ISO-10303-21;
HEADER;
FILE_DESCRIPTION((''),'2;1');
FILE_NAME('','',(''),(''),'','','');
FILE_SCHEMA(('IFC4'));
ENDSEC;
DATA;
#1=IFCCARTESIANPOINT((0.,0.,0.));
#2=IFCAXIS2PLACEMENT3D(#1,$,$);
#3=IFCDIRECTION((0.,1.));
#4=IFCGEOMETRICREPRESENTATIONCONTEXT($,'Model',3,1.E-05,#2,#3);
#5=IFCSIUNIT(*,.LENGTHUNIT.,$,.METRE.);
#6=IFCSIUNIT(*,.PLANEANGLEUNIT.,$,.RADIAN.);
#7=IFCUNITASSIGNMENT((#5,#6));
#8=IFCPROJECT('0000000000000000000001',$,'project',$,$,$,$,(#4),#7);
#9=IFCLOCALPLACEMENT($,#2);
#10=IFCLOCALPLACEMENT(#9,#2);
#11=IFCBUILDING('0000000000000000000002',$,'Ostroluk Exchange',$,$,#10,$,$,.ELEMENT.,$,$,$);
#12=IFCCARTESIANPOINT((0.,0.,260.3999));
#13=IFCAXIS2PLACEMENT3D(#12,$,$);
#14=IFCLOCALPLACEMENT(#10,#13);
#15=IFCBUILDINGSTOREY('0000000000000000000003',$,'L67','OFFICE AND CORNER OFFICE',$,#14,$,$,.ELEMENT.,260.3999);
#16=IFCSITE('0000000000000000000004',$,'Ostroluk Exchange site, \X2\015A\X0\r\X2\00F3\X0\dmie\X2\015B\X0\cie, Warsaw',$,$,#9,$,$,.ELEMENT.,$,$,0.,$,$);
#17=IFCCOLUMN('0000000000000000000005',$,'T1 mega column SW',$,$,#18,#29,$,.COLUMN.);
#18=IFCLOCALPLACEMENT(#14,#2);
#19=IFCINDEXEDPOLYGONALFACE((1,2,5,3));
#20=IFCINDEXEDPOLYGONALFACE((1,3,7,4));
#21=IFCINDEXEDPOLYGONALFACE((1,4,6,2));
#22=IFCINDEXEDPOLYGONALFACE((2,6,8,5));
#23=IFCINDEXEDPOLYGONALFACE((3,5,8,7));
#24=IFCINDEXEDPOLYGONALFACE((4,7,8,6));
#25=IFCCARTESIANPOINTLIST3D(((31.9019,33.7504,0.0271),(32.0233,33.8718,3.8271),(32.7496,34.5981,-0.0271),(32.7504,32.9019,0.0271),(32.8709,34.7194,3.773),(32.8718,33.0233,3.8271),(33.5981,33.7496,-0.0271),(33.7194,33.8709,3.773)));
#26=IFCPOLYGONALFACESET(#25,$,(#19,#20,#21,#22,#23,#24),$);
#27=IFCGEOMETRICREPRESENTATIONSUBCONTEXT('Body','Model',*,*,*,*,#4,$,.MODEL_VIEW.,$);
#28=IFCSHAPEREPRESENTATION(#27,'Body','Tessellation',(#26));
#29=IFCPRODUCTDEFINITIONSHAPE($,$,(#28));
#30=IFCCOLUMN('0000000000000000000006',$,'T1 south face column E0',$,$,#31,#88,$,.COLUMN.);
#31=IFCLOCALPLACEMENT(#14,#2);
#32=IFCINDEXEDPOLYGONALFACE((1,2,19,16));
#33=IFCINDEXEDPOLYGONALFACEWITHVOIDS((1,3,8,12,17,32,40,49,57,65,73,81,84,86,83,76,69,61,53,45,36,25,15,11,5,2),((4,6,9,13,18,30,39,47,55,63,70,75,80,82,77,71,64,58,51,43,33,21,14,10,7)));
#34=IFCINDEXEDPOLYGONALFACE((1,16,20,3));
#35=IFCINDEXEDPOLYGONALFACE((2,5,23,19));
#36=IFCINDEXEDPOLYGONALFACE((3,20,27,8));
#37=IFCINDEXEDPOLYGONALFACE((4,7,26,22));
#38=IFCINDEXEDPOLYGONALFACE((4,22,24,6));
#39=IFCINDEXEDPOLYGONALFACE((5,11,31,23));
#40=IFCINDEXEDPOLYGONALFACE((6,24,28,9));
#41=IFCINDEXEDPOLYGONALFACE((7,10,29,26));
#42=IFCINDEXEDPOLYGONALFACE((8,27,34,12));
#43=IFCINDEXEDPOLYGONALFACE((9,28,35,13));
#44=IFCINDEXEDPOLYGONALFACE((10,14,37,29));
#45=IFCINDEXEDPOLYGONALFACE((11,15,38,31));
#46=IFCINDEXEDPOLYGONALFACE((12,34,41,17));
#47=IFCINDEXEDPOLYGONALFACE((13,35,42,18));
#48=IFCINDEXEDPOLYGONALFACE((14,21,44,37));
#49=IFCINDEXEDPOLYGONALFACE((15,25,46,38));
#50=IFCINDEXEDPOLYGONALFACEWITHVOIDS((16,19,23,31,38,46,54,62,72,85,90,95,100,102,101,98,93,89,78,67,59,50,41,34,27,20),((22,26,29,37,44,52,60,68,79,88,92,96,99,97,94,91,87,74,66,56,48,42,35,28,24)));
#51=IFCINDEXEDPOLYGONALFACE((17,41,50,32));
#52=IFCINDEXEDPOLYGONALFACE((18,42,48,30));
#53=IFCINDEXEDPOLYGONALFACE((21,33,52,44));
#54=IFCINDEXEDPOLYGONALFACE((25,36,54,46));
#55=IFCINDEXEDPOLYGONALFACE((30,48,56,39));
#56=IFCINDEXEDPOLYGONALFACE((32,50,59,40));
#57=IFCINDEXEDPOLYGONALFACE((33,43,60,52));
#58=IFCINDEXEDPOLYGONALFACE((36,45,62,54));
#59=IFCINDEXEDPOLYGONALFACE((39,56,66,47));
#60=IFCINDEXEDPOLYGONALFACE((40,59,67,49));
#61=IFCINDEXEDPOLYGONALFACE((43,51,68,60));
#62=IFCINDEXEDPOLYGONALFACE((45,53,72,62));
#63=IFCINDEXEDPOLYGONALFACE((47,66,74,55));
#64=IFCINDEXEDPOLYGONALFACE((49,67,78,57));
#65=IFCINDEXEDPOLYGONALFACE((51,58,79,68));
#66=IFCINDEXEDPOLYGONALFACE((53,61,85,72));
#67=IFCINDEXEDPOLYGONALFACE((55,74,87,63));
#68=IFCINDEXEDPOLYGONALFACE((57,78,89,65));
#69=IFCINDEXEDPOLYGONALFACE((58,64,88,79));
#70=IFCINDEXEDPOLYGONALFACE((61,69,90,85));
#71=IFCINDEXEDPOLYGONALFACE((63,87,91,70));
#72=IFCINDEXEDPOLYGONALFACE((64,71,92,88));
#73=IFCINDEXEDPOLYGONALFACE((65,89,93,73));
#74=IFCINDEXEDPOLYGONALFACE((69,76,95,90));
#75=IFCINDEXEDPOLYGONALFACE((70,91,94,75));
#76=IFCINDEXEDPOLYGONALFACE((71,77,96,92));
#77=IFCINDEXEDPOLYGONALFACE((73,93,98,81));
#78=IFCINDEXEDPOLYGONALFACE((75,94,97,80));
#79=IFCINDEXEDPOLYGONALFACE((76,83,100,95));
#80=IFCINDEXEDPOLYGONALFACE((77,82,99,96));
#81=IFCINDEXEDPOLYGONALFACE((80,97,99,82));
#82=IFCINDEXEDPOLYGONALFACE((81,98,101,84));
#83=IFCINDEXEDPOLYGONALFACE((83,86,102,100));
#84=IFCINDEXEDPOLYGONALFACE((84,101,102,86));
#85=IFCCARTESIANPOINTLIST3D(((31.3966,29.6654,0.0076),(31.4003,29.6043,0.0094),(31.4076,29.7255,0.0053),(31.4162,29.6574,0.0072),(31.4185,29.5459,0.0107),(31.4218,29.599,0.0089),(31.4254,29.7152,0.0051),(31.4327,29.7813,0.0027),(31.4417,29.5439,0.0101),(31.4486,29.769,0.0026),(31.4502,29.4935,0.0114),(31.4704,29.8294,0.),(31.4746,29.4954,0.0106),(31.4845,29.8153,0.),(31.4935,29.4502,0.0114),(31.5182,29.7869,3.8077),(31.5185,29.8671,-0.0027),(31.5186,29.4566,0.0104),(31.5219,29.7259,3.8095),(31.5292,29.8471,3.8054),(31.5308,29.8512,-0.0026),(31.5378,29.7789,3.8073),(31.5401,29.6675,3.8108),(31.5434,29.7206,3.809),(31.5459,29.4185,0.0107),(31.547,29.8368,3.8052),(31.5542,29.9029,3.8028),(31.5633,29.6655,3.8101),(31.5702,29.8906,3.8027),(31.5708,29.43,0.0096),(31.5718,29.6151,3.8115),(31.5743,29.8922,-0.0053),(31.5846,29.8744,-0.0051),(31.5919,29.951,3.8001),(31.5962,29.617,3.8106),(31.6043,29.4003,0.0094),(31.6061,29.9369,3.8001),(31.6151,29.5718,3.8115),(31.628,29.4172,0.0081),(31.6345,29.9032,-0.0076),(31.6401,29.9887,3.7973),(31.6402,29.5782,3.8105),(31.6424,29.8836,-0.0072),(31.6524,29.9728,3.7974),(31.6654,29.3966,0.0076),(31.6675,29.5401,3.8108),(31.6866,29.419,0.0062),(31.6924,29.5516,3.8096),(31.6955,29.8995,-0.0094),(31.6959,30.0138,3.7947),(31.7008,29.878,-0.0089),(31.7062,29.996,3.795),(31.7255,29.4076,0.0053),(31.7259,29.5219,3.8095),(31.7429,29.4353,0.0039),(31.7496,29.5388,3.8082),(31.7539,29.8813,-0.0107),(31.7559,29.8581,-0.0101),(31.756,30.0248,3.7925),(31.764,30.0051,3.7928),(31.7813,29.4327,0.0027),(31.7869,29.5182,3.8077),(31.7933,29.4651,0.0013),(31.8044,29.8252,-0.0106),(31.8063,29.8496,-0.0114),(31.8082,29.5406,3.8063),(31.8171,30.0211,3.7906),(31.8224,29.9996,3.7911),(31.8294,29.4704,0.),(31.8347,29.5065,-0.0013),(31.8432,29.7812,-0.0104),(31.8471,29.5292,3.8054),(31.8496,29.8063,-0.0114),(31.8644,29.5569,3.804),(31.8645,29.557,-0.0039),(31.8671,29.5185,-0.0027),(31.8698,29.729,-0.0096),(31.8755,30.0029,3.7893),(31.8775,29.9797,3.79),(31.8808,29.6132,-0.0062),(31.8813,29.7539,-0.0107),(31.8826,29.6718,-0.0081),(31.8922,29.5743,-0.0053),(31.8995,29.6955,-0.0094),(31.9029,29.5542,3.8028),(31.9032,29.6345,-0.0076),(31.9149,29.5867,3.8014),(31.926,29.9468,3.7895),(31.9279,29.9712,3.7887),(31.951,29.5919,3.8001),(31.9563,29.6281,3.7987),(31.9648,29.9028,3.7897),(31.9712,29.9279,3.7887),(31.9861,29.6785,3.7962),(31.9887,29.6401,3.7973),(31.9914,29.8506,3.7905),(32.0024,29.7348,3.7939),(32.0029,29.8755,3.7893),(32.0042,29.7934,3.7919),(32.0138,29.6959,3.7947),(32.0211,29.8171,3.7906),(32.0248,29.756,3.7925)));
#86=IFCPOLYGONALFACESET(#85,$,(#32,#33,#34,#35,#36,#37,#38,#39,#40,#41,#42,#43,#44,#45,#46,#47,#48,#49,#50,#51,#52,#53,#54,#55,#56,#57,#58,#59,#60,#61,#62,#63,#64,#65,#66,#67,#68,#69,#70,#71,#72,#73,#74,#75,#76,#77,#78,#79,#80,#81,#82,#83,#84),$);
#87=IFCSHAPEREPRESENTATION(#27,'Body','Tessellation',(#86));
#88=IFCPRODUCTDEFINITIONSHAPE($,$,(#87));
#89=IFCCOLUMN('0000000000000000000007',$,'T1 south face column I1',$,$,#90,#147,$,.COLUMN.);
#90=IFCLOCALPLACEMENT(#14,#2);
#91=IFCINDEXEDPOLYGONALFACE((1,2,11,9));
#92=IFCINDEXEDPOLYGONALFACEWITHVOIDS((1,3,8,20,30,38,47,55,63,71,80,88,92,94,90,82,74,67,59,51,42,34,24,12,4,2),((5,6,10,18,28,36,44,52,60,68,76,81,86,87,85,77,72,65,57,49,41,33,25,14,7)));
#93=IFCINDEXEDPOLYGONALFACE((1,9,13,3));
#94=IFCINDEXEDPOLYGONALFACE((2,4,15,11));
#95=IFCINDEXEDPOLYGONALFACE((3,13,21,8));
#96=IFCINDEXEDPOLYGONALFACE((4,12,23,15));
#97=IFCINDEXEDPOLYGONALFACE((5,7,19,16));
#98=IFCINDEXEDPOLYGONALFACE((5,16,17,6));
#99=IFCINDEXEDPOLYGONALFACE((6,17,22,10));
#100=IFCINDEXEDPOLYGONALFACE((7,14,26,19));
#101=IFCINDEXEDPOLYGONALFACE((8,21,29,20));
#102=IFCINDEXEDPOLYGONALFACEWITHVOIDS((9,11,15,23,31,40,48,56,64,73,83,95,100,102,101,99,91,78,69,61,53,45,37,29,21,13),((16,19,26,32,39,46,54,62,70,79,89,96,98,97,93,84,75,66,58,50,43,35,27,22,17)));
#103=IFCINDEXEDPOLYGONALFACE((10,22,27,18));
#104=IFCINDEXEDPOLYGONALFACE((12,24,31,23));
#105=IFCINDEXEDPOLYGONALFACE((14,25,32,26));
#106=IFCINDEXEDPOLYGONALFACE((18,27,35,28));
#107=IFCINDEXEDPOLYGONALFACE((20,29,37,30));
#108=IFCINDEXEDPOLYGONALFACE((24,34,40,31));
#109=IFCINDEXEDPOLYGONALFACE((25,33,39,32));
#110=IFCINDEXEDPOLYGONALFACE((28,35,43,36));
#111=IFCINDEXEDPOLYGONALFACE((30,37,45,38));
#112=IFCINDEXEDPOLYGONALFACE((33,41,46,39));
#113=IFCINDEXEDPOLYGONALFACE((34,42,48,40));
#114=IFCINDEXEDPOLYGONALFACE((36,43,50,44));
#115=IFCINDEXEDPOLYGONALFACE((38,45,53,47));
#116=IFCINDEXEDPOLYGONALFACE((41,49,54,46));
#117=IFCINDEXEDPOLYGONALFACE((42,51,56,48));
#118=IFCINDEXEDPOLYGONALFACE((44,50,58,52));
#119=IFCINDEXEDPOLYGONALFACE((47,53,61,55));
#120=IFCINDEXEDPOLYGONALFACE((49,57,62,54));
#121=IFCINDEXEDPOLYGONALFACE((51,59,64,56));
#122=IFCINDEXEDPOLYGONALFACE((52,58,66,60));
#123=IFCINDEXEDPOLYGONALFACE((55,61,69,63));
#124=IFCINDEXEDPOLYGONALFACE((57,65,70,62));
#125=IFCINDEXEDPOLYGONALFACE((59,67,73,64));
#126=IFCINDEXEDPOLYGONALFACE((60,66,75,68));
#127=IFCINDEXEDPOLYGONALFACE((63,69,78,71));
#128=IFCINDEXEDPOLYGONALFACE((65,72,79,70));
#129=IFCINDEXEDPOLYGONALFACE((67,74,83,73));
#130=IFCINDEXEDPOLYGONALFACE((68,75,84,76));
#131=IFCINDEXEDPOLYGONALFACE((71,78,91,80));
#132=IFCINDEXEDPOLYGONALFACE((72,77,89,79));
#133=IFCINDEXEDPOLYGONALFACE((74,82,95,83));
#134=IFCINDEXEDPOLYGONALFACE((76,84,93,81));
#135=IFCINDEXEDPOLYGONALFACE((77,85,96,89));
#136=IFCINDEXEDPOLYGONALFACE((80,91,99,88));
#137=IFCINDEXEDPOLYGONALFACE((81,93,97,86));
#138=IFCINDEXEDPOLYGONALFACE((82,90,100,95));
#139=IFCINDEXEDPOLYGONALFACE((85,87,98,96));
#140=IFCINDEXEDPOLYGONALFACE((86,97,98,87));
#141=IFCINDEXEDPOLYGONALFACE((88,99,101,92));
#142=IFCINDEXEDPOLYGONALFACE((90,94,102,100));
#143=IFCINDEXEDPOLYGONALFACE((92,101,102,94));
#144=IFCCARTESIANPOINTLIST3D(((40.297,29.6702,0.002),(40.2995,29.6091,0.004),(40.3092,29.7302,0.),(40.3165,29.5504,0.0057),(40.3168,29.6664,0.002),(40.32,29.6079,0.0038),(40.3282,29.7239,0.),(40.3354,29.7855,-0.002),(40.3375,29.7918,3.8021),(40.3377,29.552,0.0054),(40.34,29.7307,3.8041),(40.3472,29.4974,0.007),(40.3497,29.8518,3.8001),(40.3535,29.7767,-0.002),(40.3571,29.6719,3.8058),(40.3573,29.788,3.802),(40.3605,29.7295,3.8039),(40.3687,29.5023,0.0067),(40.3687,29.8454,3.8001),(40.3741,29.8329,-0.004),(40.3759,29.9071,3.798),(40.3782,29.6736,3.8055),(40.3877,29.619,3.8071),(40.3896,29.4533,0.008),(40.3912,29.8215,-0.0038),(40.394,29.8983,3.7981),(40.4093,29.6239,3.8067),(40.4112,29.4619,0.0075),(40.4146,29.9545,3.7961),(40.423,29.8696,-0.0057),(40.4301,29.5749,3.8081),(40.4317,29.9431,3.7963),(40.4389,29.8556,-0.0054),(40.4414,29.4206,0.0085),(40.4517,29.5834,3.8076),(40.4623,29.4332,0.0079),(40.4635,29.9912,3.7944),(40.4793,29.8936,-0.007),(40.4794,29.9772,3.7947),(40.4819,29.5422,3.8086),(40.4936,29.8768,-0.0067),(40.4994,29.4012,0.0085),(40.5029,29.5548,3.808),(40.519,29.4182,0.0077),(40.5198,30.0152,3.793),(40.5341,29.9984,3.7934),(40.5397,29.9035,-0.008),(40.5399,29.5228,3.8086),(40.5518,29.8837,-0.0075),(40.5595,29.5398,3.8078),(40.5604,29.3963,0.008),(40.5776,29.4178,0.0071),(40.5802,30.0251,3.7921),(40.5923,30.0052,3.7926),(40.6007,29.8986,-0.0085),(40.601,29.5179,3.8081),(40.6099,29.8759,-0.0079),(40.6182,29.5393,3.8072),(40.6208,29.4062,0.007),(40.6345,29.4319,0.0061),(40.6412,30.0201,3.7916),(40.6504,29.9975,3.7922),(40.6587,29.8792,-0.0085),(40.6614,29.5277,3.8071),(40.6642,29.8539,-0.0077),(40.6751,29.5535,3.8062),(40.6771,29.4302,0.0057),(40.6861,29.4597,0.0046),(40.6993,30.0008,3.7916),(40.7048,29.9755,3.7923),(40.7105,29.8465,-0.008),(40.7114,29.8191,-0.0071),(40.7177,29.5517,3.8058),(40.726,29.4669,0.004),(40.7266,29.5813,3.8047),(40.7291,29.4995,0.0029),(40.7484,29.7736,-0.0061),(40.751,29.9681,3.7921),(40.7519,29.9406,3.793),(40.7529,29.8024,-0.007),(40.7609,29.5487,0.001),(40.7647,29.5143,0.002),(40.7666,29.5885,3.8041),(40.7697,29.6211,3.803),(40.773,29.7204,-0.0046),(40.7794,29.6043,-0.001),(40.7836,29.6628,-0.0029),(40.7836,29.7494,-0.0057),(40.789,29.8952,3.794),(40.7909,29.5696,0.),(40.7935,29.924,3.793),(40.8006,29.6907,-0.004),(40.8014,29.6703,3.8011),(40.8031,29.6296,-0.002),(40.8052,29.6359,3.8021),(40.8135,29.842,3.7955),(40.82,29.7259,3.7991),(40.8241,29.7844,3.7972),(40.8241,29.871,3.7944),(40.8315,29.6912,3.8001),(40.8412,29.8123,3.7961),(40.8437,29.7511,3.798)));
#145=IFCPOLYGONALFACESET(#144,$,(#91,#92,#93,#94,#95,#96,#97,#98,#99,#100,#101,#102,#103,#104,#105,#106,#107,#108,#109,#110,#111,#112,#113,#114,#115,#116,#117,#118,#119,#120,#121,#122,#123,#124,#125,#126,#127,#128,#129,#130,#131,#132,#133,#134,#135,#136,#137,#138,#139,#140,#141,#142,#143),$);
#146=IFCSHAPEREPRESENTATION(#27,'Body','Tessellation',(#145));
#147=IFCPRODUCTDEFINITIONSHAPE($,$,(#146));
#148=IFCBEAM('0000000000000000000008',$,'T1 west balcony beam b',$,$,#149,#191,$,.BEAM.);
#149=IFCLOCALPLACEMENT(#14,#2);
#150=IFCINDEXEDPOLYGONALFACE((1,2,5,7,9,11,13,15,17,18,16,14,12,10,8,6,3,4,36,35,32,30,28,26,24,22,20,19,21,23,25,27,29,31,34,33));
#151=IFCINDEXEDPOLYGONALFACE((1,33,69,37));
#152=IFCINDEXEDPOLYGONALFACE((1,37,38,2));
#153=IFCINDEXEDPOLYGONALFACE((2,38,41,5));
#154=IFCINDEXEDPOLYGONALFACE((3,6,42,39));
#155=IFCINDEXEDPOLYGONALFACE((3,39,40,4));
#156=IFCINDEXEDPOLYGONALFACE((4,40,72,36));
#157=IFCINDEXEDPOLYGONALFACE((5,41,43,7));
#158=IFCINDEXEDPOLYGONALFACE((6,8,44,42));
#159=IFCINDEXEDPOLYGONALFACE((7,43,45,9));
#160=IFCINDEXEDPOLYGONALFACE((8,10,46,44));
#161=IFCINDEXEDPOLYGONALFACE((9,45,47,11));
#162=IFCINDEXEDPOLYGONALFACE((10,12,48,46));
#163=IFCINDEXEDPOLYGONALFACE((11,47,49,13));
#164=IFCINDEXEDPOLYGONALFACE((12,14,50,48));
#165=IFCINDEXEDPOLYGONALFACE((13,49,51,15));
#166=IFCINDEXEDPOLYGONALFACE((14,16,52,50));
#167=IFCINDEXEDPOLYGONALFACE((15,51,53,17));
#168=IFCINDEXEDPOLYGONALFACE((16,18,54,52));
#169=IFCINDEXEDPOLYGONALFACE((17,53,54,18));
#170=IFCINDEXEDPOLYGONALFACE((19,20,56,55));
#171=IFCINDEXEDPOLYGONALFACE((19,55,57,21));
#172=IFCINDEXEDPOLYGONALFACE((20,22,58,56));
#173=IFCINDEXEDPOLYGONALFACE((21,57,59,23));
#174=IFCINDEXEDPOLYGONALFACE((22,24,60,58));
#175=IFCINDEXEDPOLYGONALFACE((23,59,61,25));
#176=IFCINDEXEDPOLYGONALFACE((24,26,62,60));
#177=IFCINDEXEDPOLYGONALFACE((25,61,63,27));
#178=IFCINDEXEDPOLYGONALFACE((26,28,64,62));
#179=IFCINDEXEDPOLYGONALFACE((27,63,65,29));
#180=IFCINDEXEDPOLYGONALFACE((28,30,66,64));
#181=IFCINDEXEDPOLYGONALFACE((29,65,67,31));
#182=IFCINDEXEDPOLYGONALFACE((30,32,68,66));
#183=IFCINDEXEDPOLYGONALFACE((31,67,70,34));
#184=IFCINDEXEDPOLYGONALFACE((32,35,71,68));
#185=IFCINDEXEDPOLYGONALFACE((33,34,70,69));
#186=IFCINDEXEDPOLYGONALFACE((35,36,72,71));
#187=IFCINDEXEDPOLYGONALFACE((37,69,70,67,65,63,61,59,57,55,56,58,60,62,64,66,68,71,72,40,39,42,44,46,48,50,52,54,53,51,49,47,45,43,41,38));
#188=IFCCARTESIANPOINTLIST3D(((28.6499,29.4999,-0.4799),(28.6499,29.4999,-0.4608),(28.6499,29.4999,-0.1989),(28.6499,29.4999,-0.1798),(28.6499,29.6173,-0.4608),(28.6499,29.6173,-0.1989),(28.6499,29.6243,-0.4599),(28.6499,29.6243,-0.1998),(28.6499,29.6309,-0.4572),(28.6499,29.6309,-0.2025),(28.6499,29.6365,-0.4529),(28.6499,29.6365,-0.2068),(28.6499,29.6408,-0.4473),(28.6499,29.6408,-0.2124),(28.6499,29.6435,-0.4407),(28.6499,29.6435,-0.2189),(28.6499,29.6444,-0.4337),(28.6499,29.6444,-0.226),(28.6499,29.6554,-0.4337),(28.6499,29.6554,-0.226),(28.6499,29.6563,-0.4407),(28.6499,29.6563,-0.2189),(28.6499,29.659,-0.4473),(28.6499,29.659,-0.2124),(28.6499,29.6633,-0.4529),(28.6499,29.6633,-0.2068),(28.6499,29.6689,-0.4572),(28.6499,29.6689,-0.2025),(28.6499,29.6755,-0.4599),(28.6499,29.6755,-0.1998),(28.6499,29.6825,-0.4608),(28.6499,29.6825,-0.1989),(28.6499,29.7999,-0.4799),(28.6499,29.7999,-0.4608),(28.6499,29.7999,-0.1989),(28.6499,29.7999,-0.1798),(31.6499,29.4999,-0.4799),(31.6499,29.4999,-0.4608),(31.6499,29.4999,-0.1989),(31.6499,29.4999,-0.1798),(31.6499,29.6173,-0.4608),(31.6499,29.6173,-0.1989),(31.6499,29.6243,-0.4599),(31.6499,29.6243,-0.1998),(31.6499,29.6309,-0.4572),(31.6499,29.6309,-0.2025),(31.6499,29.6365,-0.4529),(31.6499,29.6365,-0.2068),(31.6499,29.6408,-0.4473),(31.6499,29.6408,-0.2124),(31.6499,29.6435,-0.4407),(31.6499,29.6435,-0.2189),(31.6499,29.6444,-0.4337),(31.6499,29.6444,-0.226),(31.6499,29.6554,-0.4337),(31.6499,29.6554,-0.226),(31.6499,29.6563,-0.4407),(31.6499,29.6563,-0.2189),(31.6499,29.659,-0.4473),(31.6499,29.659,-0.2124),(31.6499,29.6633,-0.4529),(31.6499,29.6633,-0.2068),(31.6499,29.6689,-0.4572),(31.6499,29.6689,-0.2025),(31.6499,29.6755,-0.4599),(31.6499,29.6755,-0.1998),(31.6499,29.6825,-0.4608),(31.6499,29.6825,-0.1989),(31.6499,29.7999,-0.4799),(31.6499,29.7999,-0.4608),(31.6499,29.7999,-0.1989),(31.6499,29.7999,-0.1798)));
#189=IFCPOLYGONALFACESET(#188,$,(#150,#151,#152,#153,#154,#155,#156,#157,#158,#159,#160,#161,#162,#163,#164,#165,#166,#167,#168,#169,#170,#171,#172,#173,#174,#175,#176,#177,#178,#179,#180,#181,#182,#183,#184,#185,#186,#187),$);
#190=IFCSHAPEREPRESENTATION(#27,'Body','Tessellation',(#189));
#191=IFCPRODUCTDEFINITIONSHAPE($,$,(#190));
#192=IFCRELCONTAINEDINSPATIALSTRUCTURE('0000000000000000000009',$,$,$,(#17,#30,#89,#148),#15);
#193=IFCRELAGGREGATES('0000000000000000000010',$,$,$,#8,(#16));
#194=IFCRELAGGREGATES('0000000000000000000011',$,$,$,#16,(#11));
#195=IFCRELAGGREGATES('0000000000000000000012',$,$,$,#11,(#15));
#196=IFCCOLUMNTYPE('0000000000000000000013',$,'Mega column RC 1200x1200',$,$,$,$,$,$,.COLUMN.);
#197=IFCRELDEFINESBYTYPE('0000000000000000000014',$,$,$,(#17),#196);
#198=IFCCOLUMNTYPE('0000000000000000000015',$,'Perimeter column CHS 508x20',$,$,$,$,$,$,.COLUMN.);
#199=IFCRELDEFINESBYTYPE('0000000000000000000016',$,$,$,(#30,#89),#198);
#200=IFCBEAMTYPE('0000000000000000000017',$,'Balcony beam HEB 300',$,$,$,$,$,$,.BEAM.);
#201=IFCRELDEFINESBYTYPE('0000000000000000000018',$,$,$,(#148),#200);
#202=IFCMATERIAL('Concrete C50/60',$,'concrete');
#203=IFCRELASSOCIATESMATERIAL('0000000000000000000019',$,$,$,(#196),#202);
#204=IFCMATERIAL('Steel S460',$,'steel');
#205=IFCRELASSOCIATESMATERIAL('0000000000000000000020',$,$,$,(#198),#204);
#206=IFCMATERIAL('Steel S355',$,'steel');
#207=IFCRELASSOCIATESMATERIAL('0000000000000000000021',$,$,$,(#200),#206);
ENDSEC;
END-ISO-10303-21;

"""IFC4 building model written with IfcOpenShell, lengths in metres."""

from ifc_helpers import new_model, si_unit, direction, frame, origin, origin_2d, place, context, subcontext, project, spatial, rectangle, hollow_circle, i_section, extrude, material, material_profile, profile_set, type_object, element, save


model = new_model("IFC4")

# Units and contexts
model_context = context("Model", 3, precision=1e-05, world=origin(), true_north=direction((0.0, 1.0)))
body_context = subcontext(model_context, "Body", "Model", "MODEL_VIEW")
ifc_project = project(units=[si_unit("LENGTHUNIT", "METRE"), si_unit("PLANEANGLEUNIT", "RADIAN")], contexts=[model_context])

# Site, building, storey
site_placement = place(None, origin())
site = spatial("IfcSite", under=ifc_project, at=site_placement, Name="Ostroluk Exchange site, Śródmieście, Warsaw", CompositionType="ELEMENT", RefElevation=0.0)
building_placement = place(site_placement, origin())
building = spatial("IfcBuilding", under=site, at=building_placement, Name="Ostroluk Exchange", CompositionType="ELEMENT")
storey_placement = place(building_placement, frame((0.0, 0.0, 260.3999)))
storey = spatial("IfcBuildingStorey", under=building, at=storey_placement, Name="L67", Description="OFFICE AND CORNER OFFICE", CompositionType="ELEMENT", Elevation=260.3999)

# Columns
ifc_material_1 = material(Name="Concrete C50/60", Category="concrete")
ifc_material_profile_1 = material_profile(ifc_material_1, rectangle(XDim=1.2, YDim=1.2, at=origin_2d()), Name="RC 1200x1200")
ifc_profile_set_1 = profile_set([ifc_material_profile_1], Name="Concrete C50/60")
column_type_1 = type_object("IfcColumnType", Name="Mega column RC 1200x1200", PredefinedType="COLUMN", material=ifc_profile_set_1)
column_1_placement = place(storey_placement, frame((32.75, 33.75, 0.0), z_axis=(0.031898, 0.031898, 0.998982), x_axis=(-0.707107, 0.707107, 0.0)))
element("IfcColumn", 1, at=column_1_placement, inside=storey, type_object=column_type_1, Name="T1 mega column SW", PredefinedType="COLUMN", context=body_context, shape_type="SweptSolid", body=[
    extrude(rectangle(XDim=1.2, YDim=1.2, at=origin_2d()), origin(), (0.0, 0.0, 1.0), 3.804),
])
ifc_material_2 = material(Name="Steel S460", Category="steel")
ifc_material_profile_2 = material_profile(ifc_material_2, hollow_circle(Radius=0.2539, WallThickness=0.02, at=origin_2d()), Name="CHS 508x20")
ifc_profile_set_2 = profile_set([ifc_material_profile_2], Name="Steel S460")
column_type_2 = type_object("IfcColumnType", Name="Perimeter column CHS 508x20", PredefinedType="COLUMN", material=ifc_profile_set_2)
column_2_placement = place(storey_placement, frame((31.6499, 29.6499, 0.0), z_axis=(0.031962, 0.031962, 0.998978), x_axis=(-0.707107, 0.707107, 0.0)))
element("IfcColumn", 2, at=column_2_placement, inside=storey, type_object=column_type_2, Name="T1 south face column E0", PredefinedType="COLUMN", context=body_context, shape_type="SweptSolid", body=[
    extrude(hollow_circle(Radius=0.2539, WallThickness=0.02, at=origin_2d()), origin(), (0.0, 0.0, 1.0), 3.804),
])
column_3_placement = place(storey_placement, frame((40.55, 29.6499, 0.0), z_axis=(0.010659, 0.031977, 0.999432), x_axis=(-0.948683, 0.316228, 0.0)))
element("IfcColumn", 3, at=column_3_placement, inside=storey, type_object=column_type_2, Name="T1 south face column I1", PredefinedType="COLUMN", context=body_context, shape_type="SweptSolid", body=[
    extrude(hollow_circle(Radius=0.2539, WallThickness=0.02, at=origin_2d()), origin(), (0.0, 0.0, 1.0), 3.8022),
])

# Beam
ifc_material_3 = material(Name="Steel S355", Category="steel")
ifc_material_profile_3 = material_profile(ifc_material_3, i_section(OverallWidth=0.3, OverallDepth=0.3, WebThickness=0.011, FlangeThickness=0.019, FilletRadius=0.0271, at=origin_2d()), Name="HEB 300")
ifc_profile_set_3 = profile_set([ifc_material_profile_3], Name="Steel S355")
beam_type_1 = type_object("IfcBeamType", Name="Balcony beam HEB 300", PredefinedType="BEAM", material=ifc_profile_set_3)
beam_1_placement = place(storey_placement, frame((31.6499, 29.6499, -0.3298), z_axis=(-1.0, 0.0, 0.0), x_axis=(0.0, -1.0, 0.0)))
element("IfcBeam", 4, at=beam_1_placement, inside=storey, type_object=beam_type_1, Name="T1 west balcony beam b", PredefinedType="BEAM", context=body_context, shape_type="SweptSolid", body=[
    extrude(i_section(OverallWidth=0.3, OverallDepth=0.3, WebThickness=0.011, FlangeThickness=0.019, FilletRadius=0.0271, at=origin_2d()), origin(), (0.0, 0.0, 1.0), 3.0),
])

save(model, "model.ifc")
